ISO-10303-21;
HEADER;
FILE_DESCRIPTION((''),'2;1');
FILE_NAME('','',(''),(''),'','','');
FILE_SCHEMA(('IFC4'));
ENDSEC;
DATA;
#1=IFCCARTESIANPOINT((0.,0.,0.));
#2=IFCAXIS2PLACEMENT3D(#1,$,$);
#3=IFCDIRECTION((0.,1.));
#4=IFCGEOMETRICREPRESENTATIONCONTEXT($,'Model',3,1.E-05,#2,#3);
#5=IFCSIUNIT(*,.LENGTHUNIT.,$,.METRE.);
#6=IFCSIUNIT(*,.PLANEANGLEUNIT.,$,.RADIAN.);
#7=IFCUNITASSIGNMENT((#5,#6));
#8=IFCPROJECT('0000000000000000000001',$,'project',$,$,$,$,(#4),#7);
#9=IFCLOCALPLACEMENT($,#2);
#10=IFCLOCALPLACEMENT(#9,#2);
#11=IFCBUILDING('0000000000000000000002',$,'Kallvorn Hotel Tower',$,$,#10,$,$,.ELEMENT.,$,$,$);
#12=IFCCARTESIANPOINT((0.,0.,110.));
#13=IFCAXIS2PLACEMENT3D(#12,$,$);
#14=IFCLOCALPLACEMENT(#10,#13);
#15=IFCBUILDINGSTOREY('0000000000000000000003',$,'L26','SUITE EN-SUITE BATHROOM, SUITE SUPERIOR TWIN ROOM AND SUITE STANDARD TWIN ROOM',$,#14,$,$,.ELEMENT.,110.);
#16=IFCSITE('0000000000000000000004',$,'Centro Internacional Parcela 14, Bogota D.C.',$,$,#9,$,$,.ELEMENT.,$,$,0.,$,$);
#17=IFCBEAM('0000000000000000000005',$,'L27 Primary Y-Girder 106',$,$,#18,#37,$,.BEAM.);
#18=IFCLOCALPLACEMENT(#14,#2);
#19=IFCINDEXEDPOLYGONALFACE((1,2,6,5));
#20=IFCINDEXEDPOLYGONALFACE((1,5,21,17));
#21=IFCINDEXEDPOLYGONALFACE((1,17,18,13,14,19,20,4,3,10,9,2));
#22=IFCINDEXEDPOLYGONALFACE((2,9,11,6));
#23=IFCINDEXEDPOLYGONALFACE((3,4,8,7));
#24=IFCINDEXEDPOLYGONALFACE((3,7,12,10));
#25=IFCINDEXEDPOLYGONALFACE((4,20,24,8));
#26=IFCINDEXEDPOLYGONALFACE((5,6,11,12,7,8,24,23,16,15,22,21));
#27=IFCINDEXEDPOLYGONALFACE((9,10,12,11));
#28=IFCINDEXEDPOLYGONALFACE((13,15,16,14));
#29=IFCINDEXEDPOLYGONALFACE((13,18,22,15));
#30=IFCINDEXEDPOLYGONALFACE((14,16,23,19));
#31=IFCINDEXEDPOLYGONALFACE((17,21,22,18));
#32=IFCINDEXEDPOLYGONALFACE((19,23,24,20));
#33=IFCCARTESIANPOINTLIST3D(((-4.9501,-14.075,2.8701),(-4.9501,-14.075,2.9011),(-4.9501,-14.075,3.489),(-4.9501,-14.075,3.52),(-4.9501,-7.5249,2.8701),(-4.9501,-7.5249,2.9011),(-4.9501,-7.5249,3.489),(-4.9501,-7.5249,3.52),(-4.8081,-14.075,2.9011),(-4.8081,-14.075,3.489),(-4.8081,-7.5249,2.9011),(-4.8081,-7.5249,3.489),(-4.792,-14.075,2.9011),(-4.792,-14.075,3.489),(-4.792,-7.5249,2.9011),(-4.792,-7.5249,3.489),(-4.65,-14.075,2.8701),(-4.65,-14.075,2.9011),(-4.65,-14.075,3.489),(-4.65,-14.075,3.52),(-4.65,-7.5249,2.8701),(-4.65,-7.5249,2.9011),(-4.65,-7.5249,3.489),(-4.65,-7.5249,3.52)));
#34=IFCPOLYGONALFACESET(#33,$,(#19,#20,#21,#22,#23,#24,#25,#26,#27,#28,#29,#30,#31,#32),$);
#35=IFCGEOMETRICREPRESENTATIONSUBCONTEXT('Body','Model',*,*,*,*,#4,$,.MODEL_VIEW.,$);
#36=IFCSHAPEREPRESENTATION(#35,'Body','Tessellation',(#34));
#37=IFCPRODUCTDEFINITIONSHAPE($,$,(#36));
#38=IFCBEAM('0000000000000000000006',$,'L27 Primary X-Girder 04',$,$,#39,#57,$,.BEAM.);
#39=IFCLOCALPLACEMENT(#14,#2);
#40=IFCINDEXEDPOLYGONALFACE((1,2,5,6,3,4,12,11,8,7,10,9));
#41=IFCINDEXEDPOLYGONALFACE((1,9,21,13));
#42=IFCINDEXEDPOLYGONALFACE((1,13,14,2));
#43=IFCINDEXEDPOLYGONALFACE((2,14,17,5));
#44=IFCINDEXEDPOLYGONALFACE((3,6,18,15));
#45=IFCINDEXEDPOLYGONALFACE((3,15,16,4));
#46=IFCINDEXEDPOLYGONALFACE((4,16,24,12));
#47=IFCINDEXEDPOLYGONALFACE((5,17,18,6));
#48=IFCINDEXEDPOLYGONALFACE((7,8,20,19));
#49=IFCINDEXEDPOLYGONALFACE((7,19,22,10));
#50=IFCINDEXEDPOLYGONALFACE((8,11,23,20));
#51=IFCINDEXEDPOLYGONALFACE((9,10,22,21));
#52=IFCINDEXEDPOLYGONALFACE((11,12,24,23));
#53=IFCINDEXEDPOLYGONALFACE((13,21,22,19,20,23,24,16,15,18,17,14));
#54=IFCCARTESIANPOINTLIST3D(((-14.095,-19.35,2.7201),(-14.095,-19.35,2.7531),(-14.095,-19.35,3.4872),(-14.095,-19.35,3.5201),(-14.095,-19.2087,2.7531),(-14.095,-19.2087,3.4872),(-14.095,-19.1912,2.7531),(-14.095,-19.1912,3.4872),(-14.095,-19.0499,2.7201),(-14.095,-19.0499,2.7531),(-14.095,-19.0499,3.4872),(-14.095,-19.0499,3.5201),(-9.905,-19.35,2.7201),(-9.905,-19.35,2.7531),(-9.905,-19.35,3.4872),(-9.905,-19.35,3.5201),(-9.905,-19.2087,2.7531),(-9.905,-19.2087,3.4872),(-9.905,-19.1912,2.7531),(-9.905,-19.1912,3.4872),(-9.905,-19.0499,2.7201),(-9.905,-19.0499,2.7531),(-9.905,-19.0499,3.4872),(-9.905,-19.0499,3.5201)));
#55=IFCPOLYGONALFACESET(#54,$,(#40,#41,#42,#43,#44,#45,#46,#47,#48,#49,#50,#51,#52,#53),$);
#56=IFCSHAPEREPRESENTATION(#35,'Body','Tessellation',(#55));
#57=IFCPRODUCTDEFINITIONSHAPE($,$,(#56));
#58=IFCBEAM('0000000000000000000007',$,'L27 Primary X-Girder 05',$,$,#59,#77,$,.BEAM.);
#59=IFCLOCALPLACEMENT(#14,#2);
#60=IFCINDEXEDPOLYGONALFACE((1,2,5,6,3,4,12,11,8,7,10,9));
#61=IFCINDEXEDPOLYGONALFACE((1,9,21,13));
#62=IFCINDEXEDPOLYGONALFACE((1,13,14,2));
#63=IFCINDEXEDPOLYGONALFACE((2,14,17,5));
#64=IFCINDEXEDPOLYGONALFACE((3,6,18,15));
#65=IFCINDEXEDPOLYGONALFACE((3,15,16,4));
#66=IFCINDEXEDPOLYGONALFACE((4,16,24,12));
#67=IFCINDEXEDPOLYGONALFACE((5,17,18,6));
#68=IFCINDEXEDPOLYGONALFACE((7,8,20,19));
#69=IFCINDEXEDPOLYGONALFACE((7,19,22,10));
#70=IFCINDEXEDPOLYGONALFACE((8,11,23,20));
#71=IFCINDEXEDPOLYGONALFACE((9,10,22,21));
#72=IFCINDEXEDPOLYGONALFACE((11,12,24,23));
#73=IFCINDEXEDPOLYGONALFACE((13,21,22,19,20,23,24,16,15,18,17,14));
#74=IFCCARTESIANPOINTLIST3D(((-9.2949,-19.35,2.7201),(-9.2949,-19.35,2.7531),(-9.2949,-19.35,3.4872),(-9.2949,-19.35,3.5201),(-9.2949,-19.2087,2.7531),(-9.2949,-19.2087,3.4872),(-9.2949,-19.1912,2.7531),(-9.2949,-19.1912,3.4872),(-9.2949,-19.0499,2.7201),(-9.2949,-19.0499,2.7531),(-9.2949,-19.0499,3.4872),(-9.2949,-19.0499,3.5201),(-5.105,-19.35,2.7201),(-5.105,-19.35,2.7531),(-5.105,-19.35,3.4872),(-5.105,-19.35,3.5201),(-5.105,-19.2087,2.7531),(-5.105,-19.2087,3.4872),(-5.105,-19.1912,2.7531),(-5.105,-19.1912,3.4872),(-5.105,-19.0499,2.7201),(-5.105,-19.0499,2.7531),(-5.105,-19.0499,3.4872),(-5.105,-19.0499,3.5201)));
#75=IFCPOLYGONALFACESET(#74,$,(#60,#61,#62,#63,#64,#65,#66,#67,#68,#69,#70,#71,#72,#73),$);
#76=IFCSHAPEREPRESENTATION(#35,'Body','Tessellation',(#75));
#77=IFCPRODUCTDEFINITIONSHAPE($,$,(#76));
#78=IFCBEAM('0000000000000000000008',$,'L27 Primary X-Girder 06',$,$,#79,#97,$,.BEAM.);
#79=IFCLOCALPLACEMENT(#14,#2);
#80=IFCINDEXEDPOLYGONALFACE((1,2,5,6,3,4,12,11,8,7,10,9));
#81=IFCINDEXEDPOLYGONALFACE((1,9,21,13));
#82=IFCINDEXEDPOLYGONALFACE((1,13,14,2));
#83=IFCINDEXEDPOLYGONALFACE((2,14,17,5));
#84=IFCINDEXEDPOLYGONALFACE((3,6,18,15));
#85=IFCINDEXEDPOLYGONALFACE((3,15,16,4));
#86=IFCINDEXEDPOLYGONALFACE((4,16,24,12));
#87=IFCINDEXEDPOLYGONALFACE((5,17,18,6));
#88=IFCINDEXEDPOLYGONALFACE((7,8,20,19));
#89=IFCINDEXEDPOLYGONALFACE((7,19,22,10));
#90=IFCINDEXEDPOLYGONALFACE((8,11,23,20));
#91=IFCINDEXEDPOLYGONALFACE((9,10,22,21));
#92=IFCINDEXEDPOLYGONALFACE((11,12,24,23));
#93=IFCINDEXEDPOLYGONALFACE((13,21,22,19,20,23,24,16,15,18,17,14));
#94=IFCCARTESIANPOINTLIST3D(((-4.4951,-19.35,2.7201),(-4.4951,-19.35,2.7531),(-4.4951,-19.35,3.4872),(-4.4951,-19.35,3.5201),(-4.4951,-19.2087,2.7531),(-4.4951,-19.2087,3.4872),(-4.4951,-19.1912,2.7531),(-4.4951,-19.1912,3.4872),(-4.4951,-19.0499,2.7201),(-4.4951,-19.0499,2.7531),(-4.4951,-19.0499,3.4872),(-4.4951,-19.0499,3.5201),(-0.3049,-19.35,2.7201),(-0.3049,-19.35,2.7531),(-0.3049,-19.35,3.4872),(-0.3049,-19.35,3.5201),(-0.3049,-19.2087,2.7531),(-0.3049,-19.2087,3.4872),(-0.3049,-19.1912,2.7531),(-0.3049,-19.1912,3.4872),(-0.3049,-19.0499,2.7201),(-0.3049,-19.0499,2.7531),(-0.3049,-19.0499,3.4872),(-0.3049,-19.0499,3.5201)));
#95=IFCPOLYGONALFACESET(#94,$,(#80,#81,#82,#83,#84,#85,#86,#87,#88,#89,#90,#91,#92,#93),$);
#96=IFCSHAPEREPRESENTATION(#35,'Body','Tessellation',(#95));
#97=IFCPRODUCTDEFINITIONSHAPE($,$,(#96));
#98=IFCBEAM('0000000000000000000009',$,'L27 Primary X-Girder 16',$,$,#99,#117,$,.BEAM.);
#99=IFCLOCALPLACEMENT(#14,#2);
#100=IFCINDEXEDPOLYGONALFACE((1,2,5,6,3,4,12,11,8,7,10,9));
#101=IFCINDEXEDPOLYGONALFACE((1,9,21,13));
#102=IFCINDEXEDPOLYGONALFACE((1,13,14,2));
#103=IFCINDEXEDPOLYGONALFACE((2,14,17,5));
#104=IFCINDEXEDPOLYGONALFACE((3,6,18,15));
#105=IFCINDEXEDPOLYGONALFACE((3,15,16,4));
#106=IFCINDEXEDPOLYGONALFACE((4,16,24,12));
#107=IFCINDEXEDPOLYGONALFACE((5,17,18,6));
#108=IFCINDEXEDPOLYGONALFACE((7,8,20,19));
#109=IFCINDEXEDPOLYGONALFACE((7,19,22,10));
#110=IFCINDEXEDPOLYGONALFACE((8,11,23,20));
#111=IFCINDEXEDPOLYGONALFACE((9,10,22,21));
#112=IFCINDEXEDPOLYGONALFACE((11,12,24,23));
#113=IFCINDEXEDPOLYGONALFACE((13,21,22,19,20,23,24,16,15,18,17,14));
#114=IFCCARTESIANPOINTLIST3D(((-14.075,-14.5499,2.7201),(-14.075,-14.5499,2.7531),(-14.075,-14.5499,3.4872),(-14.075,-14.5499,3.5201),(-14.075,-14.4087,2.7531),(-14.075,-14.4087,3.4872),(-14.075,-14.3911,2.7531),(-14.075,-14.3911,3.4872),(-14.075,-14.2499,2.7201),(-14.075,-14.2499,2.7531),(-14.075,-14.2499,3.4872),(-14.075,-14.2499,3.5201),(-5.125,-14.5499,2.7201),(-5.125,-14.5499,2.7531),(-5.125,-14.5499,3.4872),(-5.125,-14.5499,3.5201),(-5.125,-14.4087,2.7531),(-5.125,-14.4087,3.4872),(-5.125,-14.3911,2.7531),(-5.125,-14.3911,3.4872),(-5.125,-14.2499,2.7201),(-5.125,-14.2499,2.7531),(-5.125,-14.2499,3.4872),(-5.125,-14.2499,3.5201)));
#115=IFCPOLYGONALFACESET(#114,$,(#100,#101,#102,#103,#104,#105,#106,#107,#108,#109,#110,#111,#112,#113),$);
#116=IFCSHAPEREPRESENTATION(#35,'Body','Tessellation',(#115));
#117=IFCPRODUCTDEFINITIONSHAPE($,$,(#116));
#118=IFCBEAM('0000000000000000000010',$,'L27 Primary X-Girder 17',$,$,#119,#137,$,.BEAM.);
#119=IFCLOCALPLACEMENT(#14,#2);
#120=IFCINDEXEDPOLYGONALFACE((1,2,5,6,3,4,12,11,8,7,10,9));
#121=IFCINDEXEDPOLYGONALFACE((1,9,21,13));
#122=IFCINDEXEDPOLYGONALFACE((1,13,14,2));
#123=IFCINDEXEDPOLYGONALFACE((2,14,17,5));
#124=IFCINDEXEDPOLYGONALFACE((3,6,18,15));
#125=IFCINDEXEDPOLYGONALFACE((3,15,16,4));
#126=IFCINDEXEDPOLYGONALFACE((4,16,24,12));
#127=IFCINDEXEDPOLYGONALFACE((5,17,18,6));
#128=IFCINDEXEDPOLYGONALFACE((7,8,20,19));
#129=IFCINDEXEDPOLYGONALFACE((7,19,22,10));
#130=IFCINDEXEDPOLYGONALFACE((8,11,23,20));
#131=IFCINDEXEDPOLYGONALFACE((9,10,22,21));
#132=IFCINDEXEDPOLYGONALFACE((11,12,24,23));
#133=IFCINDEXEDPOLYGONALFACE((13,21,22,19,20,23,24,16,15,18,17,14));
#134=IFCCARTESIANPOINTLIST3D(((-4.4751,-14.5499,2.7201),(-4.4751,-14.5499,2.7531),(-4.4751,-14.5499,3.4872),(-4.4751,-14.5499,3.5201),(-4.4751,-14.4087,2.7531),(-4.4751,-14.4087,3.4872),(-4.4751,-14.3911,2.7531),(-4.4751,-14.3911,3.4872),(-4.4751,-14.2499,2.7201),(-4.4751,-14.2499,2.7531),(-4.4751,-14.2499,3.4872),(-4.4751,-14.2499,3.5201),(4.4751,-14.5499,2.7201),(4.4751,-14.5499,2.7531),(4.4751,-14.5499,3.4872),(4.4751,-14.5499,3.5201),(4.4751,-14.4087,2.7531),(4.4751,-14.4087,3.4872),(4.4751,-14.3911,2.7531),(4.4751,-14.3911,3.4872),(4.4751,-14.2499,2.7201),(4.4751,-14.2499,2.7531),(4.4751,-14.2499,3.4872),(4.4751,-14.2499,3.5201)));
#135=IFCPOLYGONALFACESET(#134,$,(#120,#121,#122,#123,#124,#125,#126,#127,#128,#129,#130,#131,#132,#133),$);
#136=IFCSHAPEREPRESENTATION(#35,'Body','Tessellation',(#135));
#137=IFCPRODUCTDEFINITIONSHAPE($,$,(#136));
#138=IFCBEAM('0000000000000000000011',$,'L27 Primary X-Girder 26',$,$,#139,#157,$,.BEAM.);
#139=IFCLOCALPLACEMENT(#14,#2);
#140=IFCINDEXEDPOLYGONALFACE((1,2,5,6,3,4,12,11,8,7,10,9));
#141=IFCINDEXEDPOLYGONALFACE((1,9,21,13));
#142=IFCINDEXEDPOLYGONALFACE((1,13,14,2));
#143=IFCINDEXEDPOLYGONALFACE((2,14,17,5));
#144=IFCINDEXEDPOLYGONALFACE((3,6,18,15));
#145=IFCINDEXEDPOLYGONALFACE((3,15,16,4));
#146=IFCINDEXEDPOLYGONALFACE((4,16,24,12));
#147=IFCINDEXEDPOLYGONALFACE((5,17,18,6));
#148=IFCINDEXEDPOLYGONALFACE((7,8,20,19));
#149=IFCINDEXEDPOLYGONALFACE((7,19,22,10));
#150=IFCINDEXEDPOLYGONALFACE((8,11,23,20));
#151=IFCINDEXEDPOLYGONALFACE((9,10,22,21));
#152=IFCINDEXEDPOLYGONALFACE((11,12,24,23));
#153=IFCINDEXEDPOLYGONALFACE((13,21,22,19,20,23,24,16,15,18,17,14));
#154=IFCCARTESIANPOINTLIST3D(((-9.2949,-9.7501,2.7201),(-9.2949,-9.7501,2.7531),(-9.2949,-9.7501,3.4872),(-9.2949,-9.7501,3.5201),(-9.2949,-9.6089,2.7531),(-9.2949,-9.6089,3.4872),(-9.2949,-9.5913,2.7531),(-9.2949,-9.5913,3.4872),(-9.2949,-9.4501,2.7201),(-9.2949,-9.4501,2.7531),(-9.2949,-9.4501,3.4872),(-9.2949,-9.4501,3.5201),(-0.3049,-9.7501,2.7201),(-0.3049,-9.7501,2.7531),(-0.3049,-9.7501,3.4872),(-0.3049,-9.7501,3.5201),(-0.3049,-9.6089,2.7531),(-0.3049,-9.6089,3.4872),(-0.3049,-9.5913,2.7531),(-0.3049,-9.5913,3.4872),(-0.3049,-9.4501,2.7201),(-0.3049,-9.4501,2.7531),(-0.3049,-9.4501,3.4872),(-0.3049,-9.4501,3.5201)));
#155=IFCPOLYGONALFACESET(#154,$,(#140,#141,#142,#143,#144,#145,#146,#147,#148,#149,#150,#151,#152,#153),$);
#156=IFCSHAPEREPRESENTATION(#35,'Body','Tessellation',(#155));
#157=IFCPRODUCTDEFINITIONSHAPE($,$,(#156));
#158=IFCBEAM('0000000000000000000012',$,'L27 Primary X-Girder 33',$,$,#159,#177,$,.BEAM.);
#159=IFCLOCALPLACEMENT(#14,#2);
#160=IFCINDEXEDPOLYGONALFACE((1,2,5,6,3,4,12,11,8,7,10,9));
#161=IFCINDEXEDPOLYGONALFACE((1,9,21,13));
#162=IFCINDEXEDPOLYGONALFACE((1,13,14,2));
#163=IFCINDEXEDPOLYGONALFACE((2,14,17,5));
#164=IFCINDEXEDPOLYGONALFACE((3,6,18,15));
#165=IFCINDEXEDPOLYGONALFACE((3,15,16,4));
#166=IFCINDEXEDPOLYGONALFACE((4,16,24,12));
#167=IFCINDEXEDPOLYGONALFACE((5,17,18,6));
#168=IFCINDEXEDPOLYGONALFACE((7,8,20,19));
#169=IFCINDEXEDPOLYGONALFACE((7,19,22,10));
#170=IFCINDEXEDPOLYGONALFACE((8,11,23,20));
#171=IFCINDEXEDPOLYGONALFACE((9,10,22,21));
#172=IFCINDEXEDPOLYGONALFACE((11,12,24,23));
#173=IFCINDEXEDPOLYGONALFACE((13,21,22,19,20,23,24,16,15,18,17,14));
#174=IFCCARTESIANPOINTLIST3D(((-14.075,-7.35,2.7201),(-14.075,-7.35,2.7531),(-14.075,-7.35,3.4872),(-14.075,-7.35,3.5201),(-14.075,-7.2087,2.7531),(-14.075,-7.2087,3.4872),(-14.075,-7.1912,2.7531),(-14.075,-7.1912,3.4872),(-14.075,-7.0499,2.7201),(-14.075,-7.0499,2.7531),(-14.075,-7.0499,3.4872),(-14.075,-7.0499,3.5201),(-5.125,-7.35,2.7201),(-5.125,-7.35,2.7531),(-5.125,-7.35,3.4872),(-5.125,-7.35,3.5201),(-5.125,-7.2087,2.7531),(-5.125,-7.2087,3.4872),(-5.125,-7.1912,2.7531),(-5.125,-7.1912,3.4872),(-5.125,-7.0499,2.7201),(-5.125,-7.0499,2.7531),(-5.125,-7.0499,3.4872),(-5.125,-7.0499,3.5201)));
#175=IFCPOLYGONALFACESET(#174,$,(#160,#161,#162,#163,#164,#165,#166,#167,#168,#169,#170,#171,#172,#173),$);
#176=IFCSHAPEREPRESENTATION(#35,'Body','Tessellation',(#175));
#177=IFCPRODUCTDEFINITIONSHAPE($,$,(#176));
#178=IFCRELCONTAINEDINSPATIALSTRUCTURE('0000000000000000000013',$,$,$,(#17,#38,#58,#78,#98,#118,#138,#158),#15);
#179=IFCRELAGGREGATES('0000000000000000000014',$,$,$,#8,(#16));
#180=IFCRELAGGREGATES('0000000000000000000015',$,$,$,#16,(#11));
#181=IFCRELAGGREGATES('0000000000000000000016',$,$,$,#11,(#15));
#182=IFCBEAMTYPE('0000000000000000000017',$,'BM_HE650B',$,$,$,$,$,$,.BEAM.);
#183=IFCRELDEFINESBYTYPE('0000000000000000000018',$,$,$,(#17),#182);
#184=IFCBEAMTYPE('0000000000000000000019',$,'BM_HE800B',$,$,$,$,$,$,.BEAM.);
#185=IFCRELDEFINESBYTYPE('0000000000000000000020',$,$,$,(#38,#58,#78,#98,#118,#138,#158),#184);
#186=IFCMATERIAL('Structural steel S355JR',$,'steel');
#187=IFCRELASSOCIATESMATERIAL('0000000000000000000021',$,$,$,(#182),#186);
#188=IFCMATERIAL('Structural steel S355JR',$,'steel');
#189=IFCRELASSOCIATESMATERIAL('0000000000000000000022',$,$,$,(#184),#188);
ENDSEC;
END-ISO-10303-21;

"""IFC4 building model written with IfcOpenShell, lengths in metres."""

from ifc_helpers import new_model, si_unit, direction, frame, origin, origin_2d, place, context, subcontext, project, spatial, i_section, extrude, material, material_profile, profile_set, type_object, element, save


model = new_model("IFC4")

# Units and contexts
model_context = context("Model", 3, precision=1e-05, world=origin(), true_north=direction((0.0, 1.0)))
body_context = subcontext(model_context, "Body", "Model", "MODEL_VIEW")
ifc_project = project(units=[si_unit("LENGTHUNIT", "METRE"), si_unit("PLANEANGLEUNIT", "RADIAN")], contexts=[model_context])

# Site, building, storey
site_placement = place(None, origin())
site = spatial("IfcSite", under=ifc_project, at=site_placement, Name="Centro Internacional Parcela 14, Bogota D.C.", CompositionType="ELEMENT", RefElevation=0.0)
building_placement = place(site_placement, origin())
building = spatial("IfcBuilding", under=site, at=building_placement, Name="Kallvorn Hotel Tower", CompositionType="ELEMENT")
storey_placement = place(building_placement, frame((0.0, 0.0, 110.0)))
storey = spatial("IfcBuildingStorey", under=building, at=storey_placement, Name="L26", Description="SUITE EN-SUITE BATHROOM, SUITE SUPERIOR TWIN ROOM AND SUITE STANDARD TWIN ROOM", CompositionType="ELEMENT", Elevation=110.0)

# Beams
ifc_material_1 = material(Name="Structural steel S355JR", Category="steel")
ifc_material_profile_1 = material_profile(ifc_material_1, i_section(OverallWidth=0.3, OverallDepth=0.6499, WebThickness=0.0161, FlangeThickness=0.031, at=origin_2d()), Name="HE 650 B")
ifc_profile_set_1 = profile_set([ifc_material_profile_1], Name="Structural steel S355JR")
beam_type_1 = type_object("IfcBeamType", Name="BM_HE650B", PredefinedType="BEAM", material=ifc_profile_set_1)
beam_1_placement = place(storey_placement, frame((-4.8, -14.075, 3.1951), z_axis=(0.0, 1.0, 0.0), x_axis=(-1.0, 0.0, 0.0)))
element("IfcBeam", 1, at=beam_1_placement, inside=storey, type_object=beam_type_1, Name="L27 Primary Y-Girder 106", PredefinedType="BEAM", context=body_context, shape_type="SweptSolid", body=[
    extrude(i_section(OverallWidth=0.3, OverallDepth=0.6499, WebThickness=0.0161, FlangeThickness=0.031, at=origin_2d()), origin(), (0.0, 0.0, 1.0), 6.55),
])
ifc_material_2 = material(Name="Structural steel S355JR", Category="steel")
ifc_material_profile_2 = material_profile(ifc_material_2, i_section(OverallWidth=0.3, OverallDepth=0.8, WebThickness=0.0176, FlangeThickness=0.033, at=origin_2d()), Name="HE 800 B")
ifc_profile_set_2 = profile_set([ifc_material_profile_2], Name="Structural steel S355JR")
beam_type_2 = type_object("IfcBeamType", Name="BM_HE800B", PredefinedType="BEAM", material=ifc_profile_set_2)
for number, where, z_axis, x_axis, name in (
    (2, (-14.095, -19.2, 3.1201), (1.0, 0.0, 0.0), (0.0, 1.0, 0.0), "L27 Primary X-Girder 04"),
    (3, (-9.2949, -19.2, 3.1201), (1.0, 0.0, 0.0), (0.0, 1.0, 0.0), "L27 Primary X-Girder 05"),
):
    element("IfcBeam", number, at=place(storey_placement, frame(where, z_axis=z_axis, x_axis=x_axis)), inside=storey, type_object=beam_type_2, Name=name, PredefinedType="BEAM", context=body_context, shape_type="SweptSolid", body=[
        extrude(i_section(OverallWidth=0.3, OverallDepth=0.8, WebThickness=0.0176, FlangeThickness=0.033, at=origin_2d()), origin(), (0.0, 0.0, 1.0), 4.1899),
    ])
beam_2_placement = place(storey_placement, frame((-4.4951, -19.2, 3.1201), z_axis=(1.0, 0.0, 0.0), x_axis=(0.0, 1.0, 0.0)))
element("IfcBeam", 4, at=beam_2_placement, inside=storey, type_object=beam_type_2, Name="L27 Primary X-Girder 06", PredefinedType="BEAM", context=body_context, shape_type="SweptSolid", body=[
    extrude(i_section(OverallWidth=0.3, OverallDepth=0.8, WebThickness=0.0176, FlangeThickness=0.033, at=origin_2d()), origin(), (0.0, 0.0, 1.0), 4.1902),
])
beam_3_placement = place(storey_placement, frame((-14.075, -14.3999, 3.1201), z_axis=(1.0, 0.0, 0.0), x_axis=(0.0, 1.0, 0.0)))
element("IfcBeam", 5, at=beam_3_placement, inside=storey, type_object=beam_type_2, Name="L27 Primary X-Girder 16", PredefinedType="BEAM", context=body_context, shape_type="SweptSolid", body=[
    extrude(i_section(OverallWidth=0.3, OverallDepth=0.8, WebThickness=0.0176, FlangeThickness=0.033, at=origin_2d()), origin(), (0.0, 0.0, 1.0), 8.95),
])
beam_4_placement = place(storey_placement, frame((-4.4751, -14.3999, 3.1201), z_axis=(1.0, 0.0, 0.0), x_axis=(0.0, 1.0, 0.0)))
element("IfcBeam", 6, at=beam_4_placement, inside=storey, type_object=beam_type_2, Name="L27 Primary X-Girder 17", PredefinedType="BEAM", context=body_context, shape_type="SweptSolid", body=[
    extrude(i_section(OverallWidth=0.3, OverallDepth=0.8, WebThickness=0.0176, FlangeThickness=0.033, at=origin_2d()), origin(), (0.0, 0.0, 1.0), 8.9502),
])
beam_5_placement = place(storey_placement, frame((-9.2949, -9.6001, 3.1201), z_axis=(1.0, 0.0, 0.0), x_axis=(0.0, 1.0, 0.0)))
element("IfcBeam", 7, at=beam_5_placement, inside=storey, type_object=beam_type_2, Name="L27 Primary X-Girder 26", PredefinedType="BEAM", context=body_context, shape_type="SweptSolid", body=[
    extrude(i_section(OverallWidth=0.3, OverallDepth=0.8, WebThickness=0.0176, FlangeThickness=0.033, at=origin_2d()), origin(), (0.0, 0.0, 1.0), 8.99),
])
beam_6_placement = place(storey_placement, frame((-14.075, -7.2, 3.1201), z_axis=(1.0, 0.0, 0.0), x_axis=(0.0, 1.0, 0.0)))
element("IfcBeam", 8, at=beam_6_placement, inside=storey, type_object=beam_type_2, Name="L27 Primary X-Girder 33", PredefinedType="BEAM", context=body_context, shape_type="SweptSolid", body=[
    extrude(i_section(OverallWidth=0.3, OverallDepth=0.8, WebThickness=0.0176, FlangeThickness=0.033, at=origin_2d()), origin(), (0.0, 0.0, 1.0), 8.95),
])

save(model, "model.ifc")
